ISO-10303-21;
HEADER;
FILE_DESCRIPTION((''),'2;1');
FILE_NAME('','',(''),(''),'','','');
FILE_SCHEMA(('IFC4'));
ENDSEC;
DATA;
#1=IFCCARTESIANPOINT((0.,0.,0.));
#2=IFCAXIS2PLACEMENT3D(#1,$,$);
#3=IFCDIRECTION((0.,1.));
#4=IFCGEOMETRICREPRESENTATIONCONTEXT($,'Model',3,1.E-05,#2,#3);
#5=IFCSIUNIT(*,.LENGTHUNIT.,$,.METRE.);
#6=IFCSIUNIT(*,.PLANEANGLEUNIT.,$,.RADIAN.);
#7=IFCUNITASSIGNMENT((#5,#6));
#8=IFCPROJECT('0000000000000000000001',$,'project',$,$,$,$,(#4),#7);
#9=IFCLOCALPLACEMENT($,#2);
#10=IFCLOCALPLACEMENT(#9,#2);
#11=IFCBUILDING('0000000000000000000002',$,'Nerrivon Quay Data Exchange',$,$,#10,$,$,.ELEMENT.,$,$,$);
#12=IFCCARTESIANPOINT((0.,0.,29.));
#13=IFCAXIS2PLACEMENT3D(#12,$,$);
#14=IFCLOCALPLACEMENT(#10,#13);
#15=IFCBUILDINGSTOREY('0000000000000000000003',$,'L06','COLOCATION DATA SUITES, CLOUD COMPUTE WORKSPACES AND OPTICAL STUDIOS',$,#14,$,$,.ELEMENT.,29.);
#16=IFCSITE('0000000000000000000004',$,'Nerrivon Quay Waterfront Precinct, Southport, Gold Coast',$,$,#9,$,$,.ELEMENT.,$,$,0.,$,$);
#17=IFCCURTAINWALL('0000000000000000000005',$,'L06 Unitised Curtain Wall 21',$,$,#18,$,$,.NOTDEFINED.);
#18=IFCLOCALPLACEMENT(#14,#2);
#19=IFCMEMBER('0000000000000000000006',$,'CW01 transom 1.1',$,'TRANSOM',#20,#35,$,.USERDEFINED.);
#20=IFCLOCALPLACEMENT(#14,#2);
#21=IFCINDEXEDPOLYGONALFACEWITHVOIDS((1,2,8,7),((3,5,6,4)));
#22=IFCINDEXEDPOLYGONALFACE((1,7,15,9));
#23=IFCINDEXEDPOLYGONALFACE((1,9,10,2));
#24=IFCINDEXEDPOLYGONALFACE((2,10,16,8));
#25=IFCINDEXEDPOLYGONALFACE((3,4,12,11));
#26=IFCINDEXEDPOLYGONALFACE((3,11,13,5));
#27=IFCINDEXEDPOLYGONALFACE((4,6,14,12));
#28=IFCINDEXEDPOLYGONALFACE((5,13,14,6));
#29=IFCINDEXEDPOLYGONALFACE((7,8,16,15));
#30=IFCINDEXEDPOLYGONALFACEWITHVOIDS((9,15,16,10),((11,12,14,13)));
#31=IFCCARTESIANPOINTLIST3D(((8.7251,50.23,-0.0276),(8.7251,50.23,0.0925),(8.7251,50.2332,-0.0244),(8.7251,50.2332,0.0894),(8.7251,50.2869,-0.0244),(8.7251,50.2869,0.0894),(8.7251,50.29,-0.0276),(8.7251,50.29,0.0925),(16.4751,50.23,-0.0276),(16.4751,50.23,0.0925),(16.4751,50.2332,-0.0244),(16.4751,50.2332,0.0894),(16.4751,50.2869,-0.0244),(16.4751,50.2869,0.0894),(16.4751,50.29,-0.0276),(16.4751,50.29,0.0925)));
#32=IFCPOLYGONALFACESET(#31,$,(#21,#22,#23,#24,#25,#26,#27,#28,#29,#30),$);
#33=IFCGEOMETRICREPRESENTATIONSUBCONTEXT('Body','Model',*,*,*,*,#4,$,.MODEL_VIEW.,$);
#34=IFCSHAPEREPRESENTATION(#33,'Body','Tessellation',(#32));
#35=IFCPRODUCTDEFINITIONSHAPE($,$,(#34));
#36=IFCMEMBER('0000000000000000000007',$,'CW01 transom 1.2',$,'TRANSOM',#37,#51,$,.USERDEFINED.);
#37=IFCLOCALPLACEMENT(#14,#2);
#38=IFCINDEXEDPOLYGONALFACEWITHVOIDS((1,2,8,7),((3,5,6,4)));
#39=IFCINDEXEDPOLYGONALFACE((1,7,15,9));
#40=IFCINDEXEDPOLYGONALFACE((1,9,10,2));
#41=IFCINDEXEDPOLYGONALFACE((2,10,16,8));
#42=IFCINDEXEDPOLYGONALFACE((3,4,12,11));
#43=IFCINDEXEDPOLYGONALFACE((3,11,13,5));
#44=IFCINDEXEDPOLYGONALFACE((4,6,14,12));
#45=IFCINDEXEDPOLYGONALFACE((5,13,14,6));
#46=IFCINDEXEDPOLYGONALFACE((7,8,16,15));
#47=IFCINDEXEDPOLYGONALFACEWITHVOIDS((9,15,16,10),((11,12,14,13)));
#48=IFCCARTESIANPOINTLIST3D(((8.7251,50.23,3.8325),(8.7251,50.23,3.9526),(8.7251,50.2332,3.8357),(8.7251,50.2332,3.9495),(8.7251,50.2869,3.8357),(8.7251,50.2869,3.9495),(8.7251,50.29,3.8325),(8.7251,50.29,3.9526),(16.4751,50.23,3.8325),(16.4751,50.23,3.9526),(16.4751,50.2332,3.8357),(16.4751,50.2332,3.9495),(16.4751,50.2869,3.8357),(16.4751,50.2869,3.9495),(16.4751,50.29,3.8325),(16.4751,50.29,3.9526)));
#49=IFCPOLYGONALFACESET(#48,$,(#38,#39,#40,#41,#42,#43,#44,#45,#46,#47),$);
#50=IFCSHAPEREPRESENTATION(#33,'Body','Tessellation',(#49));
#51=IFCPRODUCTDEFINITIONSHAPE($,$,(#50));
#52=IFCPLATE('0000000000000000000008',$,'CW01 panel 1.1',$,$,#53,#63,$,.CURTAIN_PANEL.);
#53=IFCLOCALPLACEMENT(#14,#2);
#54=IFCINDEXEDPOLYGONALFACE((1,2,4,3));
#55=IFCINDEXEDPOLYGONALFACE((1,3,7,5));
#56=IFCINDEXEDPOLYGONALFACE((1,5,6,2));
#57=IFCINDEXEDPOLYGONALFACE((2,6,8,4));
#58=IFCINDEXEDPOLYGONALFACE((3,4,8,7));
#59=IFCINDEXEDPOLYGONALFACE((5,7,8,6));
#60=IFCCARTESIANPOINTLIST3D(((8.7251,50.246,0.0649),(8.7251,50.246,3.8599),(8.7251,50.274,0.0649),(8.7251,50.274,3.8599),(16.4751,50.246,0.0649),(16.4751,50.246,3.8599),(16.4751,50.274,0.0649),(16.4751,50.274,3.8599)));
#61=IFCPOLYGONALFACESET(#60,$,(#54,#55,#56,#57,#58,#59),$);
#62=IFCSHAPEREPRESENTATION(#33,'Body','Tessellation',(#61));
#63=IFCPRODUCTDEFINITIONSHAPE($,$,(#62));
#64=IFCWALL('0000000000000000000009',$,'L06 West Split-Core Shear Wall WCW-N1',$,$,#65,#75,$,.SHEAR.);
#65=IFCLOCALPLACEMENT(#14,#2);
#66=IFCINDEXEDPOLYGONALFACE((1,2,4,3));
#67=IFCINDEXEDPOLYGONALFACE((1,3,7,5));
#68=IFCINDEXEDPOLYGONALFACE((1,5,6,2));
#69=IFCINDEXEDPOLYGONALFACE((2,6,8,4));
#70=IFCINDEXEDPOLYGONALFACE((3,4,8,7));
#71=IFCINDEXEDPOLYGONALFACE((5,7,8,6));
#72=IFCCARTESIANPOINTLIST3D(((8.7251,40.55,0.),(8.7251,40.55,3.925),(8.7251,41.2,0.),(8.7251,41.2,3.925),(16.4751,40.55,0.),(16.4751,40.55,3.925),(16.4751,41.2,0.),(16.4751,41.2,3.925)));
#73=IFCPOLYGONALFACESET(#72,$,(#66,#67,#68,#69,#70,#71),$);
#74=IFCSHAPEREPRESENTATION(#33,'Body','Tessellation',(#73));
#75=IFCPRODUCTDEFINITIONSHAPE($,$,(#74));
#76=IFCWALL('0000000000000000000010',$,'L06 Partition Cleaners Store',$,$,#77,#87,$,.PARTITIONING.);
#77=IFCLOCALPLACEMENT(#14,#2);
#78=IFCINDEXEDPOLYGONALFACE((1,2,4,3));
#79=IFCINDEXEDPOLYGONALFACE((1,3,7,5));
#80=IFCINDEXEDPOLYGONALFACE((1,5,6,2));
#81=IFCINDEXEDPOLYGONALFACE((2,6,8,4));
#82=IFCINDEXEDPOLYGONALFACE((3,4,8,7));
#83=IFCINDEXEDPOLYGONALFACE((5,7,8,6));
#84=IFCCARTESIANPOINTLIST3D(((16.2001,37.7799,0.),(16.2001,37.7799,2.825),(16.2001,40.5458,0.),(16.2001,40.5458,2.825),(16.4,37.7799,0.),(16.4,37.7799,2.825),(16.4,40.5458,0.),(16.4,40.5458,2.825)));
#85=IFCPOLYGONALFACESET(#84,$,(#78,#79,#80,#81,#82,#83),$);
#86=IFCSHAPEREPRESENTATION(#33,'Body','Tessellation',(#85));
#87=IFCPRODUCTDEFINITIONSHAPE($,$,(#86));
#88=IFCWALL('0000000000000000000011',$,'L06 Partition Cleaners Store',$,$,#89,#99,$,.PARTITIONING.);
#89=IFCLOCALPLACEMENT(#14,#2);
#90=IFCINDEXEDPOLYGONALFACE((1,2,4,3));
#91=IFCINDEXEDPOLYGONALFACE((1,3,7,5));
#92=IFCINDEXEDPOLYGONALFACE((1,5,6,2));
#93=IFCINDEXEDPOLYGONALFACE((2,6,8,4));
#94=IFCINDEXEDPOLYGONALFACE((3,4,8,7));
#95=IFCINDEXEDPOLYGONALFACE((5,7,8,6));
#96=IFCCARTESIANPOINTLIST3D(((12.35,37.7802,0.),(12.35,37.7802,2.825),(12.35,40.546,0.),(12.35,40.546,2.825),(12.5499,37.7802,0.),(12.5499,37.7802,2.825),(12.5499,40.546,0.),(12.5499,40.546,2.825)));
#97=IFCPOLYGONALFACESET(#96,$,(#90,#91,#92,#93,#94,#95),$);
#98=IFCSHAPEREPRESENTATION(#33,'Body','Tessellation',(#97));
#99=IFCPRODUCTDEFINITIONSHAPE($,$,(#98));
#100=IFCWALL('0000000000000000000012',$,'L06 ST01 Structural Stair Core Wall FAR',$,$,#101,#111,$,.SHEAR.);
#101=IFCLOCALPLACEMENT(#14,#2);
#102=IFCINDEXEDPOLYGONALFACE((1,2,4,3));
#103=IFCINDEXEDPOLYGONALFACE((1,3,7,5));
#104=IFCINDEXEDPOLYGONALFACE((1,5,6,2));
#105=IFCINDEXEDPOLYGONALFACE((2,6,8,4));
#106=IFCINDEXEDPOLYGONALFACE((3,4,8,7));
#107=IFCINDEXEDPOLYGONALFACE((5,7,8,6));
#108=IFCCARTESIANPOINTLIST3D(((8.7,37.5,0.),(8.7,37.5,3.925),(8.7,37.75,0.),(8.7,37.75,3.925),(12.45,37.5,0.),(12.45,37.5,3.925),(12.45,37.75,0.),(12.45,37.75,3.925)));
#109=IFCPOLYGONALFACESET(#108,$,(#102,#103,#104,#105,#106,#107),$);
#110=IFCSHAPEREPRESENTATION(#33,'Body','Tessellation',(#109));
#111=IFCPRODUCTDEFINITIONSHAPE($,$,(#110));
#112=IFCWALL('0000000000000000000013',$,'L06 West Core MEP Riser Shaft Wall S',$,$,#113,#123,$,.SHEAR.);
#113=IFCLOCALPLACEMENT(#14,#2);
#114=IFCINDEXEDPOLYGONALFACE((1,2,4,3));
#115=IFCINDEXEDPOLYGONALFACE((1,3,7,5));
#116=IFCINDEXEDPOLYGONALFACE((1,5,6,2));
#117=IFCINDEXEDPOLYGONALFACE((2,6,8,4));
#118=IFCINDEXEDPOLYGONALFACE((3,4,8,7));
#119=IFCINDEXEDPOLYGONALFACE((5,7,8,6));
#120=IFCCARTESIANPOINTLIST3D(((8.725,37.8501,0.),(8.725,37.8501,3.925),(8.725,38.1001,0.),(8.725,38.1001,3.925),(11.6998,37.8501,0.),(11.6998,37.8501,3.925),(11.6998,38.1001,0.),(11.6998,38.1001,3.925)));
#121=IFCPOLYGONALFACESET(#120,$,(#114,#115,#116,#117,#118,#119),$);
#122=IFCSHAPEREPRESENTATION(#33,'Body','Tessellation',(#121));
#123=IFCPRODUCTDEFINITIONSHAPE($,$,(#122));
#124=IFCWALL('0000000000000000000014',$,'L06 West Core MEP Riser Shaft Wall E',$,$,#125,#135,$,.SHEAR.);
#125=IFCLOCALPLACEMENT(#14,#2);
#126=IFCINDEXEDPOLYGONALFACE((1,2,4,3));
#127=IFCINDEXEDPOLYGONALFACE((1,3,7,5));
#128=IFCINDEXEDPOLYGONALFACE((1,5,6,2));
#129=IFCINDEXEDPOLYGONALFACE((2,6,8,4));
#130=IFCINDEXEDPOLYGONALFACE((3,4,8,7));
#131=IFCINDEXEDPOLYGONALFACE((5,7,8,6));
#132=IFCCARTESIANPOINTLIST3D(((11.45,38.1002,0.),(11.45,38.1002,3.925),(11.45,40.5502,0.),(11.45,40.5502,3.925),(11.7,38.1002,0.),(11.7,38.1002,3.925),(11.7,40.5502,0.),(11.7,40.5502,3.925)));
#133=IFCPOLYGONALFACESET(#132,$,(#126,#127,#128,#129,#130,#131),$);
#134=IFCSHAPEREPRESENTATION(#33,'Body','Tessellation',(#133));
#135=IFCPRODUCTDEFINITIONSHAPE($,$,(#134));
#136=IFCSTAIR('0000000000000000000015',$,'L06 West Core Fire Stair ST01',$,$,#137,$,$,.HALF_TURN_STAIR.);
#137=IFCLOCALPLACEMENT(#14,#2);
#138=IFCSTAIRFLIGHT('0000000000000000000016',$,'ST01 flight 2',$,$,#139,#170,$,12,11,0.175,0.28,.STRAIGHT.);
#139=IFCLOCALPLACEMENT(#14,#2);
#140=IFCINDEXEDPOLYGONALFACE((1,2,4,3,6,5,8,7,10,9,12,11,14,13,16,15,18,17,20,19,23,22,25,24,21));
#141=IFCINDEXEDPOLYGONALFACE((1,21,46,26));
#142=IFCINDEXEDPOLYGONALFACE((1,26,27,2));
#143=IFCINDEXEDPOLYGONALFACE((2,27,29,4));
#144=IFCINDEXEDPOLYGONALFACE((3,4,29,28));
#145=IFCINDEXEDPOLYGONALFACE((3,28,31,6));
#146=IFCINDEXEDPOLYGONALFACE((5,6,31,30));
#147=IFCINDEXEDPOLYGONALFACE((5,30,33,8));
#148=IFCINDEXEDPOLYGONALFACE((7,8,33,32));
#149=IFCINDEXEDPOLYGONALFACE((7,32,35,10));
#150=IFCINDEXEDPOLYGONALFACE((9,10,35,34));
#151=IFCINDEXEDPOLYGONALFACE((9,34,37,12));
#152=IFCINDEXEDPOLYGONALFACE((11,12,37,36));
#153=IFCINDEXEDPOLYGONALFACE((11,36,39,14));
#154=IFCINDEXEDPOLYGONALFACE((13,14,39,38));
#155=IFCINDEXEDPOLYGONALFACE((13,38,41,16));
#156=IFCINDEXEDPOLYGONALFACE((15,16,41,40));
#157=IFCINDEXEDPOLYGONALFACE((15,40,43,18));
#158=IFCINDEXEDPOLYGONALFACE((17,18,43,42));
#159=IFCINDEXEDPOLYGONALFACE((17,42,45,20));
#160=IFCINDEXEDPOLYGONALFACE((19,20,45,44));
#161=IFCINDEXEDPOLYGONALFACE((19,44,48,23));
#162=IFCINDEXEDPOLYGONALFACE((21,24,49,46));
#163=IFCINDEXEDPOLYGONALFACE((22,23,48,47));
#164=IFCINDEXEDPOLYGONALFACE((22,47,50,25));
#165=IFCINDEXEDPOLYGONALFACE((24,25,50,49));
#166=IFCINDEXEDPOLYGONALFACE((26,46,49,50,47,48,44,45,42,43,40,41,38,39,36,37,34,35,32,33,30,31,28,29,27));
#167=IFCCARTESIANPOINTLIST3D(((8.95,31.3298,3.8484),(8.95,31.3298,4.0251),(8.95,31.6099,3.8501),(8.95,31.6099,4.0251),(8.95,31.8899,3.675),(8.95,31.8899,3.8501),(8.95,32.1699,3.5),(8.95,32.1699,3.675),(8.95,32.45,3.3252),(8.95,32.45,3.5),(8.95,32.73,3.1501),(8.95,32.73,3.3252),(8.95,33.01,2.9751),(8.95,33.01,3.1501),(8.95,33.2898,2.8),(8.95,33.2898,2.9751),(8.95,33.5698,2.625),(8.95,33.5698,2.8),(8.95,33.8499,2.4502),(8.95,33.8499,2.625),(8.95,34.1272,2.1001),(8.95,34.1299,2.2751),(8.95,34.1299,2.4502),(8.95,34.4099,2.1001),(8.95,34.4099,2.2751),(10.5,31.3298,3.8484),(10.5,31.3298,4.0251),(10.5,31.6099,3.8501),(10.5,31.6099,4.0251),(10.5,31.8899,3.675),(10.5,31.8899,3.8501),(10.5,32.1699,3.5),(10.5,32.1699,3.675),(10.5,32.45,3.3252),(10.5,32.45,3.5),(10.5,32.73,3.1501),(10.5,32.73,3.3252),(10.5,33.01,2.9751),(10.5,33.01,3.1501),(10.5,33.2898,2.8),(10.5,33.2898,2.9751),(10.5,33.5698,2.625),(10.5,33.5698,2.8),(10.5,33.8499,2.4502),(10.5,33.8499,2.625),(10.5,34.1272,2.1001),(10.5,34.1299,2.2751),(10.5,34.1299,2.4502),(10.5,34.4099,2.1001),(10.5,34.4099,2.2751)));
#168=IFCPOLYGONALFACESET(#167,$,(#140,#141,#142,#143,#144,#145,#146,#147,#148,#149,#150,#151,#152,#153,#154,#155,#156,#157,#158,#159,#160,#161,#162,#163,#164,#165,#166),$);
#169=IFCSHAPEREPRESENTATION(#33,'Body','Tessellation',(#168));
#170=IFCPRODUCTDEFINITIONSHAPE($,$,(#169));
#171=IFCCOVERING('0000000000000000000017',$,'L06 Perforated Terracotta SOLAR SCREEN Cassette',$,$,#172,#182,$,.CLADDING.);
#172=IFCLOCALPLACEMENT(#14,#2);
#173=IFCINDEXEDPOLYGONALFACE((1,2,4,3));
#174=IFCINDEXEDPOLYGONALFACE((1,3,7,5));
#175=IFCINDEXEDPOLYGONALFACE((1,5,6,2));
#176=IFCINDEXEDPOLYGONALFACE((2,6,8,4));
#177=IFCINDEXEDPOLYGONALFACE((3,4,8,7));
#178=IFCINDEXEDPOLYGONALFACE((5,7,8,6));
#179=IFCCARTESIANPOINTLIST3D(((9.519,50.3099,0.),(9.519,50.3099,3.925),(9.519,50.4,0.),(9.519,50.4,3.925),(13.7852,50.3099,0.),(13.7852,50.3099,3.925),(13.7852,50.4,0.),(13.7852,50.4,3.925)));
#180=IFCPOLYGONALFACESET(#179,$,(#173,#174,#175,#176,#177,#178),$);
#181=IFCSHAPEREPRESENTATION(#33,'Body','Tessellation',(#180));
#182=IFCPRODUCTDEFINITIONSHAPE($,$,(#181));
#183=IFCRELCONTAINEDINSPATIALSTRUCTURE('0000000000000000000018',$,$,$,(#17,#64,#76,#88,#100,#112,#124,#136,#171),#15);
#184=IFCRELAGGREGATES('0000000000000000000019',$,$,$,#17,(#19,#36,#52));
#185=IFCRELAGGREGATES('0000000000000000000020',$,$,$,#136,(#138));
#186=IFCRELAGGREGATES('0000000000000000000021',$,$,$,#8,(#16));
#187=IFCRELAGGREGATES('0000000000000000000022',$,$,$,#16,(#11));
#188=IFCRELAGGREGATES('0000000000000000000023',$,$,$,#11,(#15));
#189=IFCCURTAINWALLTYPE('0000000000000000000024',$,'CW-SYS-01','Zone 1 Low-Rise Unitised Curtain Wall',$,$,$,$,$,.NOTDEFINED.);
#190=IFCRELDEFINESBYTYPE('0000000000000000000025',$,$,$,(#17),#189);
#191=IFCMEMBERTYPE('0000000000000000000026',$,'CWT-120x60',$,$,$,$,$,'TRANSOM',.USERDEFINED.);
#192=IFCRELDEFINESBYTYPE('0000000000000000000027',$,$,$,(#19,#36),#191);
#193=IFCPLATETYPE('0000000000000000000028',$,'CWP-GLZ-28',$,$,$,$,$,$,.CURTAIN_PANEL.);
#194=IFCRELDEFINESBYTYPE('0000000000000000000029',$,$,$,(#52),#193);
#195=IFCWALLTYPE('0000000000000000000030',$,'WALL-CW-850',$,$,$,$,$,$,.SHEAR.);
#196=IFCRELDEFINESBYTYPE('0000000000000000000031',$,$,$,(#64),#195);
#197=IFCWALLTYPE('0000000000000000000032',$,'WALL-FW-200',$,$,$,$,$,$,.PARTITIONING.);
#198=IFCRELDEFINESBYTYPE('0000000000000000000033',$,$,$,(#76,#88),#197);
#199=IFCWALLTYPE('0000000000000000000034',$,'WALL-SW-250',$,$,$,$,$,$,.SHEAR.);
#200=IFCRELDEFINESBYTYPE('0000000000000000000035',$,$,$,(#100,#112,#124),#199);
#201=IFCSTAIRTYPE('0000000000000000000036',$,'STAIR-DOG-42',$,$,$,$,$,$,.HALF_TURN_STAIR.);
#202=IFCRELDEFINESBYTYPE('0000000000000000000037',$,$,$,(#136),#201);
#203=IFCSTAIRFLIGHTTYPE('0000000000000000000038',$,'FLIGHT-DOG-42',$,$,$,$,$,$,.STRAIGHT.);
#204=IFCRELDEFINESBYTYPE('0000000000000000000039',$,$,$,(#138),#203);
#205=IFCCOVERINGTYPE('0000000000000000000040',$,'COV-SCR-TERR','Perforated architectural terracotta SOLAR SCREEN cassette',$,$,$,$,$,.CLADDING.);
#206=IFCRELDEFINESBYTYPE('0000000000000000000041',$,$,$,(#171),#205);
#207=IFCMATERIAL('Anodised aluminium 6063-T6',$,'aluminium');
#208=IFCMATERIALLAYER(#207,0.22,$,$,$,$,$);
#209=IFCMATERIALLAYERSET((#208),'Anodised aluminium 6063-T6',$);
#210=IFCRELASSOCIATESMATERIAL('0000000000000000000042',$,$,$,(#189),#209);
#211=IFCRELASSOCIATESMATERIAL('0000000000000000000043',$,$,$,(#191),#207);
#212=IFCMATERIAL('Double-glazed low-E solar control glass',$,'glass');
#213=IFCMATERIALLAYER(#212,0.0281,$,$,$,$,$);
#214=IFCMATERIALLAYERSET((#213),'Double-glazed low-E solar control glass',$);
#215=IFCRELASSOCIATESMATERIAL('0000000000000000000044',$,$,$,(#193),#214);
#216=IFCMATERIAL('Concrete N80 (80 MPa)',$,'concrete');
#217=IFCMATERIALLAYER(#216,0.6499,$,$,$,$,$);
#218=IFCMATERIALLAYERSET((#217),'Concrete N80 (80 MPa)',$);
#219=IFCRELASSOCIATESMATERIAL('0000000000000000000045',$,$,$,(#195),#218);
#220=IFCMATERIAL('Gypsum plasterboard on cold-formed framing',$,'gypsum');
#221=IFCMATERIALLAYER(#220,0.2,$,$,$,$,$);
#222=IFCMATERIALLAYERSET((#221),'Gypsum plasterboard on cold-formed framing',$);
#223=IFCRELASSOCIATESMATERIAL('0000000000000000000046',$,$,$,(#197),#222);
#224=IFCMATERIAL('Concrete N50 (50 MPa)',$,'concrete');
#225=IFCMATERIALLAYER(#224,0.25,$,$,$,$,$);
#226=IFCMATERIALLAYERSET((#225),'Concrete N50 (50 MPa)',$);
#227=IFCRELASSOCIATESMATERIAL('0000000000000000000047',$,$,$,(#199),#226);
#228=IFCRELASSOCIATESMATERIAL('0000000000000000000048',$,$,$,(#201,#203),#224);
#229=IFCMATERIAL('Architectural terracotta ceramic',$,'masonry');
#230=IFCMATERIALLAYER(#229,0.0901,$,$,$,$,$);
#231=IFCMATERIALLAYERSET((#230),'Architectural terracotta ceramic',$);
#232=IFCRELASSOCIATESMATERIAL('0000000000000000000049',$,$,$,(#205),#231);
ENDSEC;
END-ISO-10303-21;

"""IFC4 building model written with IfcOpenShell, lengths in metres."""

from ifc_helpers import new_model, si_unit, direction, frame, frame_2d, origin, origin_2d, place, context, subcontext, project, spatial, polyline, rectangle, hollow_rectangle, outline, extrude, material, layer, layer_set, material_profile, profile_set, type_object, element, aggregate, save


model = new_model("IFC4")

# Units and contexts
model_context = context("Model", 3, precision=1e-05, world=origin(), true_north=direction((0.0, 1.0)))
body_context = subcontext(model_context, "Body", "Model", "MODEL_VIEW")
ifc_project = project(units=[si_unit("LENGTHUNIT", "METRE"), si_unit("PLANEANGLEUNIT", "RADIAN")], contexts=[model_context])

# Site, building, storey
site_placement = place(None, origin())
site = spatial("IfcSite", under=ifc_project, at=site_placement, Name="Nerrivon Quay Waterfront Precinct, Southport, Gold Coast", CompositionType="ELEMENT", RefElevation=0.0)
building_placement = place(site_placement, origin())
building = spatial("IfcBuilding", under=site, at=building_placement, Name="Nerrivon Quay Data Exchange", CompositionType="ELEMENT")
storey_placement = place(building_placement, frame((0.0, 0.0, 29.0)))
storey = spatial("IfcBuildingStorey", under=building, at=storey_placement, Name="L06", Description="COLOCATION DATA SUITES, CLOUD COMPUTE WORKSPACES AND OPTICAL STUDIOS", CompositionType="ELEMENT", Elevation=29.0)

# Shared definitions
ifc_material_1 = material(Name="Concrete N80 (80 MPa)", Category="concrete")

# Curtain wall, members, plate
ifc_material_2 = material(Name="Anodised aluminium 6063-T6", Category="aluminium")
ifc_layer_1 = layer(ifc_material_2, 0.22)
ifc_layer_set_1 = layer_set([ifc_layer_1], Name="Anodised aluminium 6063-T6")
curtain_wall_type = type_object("IfcCurtainWallType", Name="CW-SYS-01", Description="Zone 1 Low-Rise Unitised Curtain Wall", PredefinedType="NOTDEFINED", material=ifc_layer_set_1)
curtain_wall_placement = place(storey_placement, origin())
curtain_wall = element("IfcCurtainWall", 1, at=curtain_wall_placement, inside=storey, type_object=curtain_wall_type, Name="L06 Unitised Curtain Wall 21", PredefinedType="NOTDEFINED")
ifc_material_profile_1 = material_profile(ifc_material_2, hollow_rectangle(XDim=0.0601, YDim=0.1201, WallThickness=0.0032, at=origin_2d()), Name="ALU-TRAN-120x60")
ifc_profile_set_1 = profile_set([ifc_material_profile_1], Name="Anodised aluminium 6063-T6")
member_type_1 = type_object("IfcMemberType", Name="CWT-120x60", ElementType="TRANSOM", PredefinedType="USERDEFINED", material=ifc_profile_set_1)
member_1_placement = place(storey_placement, frame((8.7251, 50.26, 0.0325), z_axis=(1.0, 0.0, 0.0), x_axis=(0.0, 1.0, 0.0)))
member_1 = element("IfcMember", 2, at=member_1_placement, type_object=member_type_1, Name="CW01 transom 1.1", ObjectType="TRANSOM", PredefinedType="USERDEFINED", context=body_context, shape_type="SweptSolid", body=[
    extrude(hollow_rectangle(XDim=0.0601, YDim=0.1201, WallThickness=0.0032, at=origin_2d()), origin(), (0.0, 0.0, 1.0), 7.75),
])
member_2_placement = place(storey_placement, frame((8.7251, 50.26, 3.8926), z_axis=(1.0, 0.0, 0.0), x_axis=(0.0, 1.0, 0.0)))
member_2 = element("IfcMember", 3, at=member_2_placement, type_object=member_type_1, Name="CW01 transom 1.2", ObjectType="TRANSOM", PredefinedType="USERDEFINED", context=body_context, shape_type="SweptSolid", body=[
    extrude(hollow_rectangle(XDim=0.0601, YDim=0.1201, WallThickness=0.0032, at=origin_2d()), origin(), (0.0, 0.0, 1.0), 7.75),
])
ifc_material_3 = material(Name="Double-glazed low-E solar control glass", Category="glass")
ifc_layer_2 = layer(ifc_material_3, 0.0281)
ifc_layer_set_2 = layer_set([ifc_layer_2], Name="Double-glazed low-E solar control glass")
plate_type = type_object("IfcPlateType", Name="CWP-GLZ-28", PredefinedType="CURTAIN_PANEL", material=ifc_layer_set_2)
plate_placement = place(storey_placement, frame((12.6001, 50.26, 0.0649), z_axis=(0.0, 0.0, 1.0), x_axis=(1.0, 0.0, 0.0)))
plate = element("IfcPlate", 4, at=plate_placement, type_object=plate_type, Name="CW01 panel 1.1", PredefinedType="CURTAIN_PANEL", context=body_context, shape_type="SweptSolid", body=[
    extrude(rectangle(XDim=7.75, YDim=0.0281, at=origin_2d()), origin(), (0.0, 0.0, 1.0), 3.7949),
])
aggregate(curtain_wall, [member_1, member_2, plate])

# Wall
ifc_layer_3 = layer(ifc_material_1, 0.6499)
ifc_layer_set_3 = layer_set([ifc_layer_3], Name="Concrete N80 (80 MPa)")
wall_type_1 = type_object("IfcWallType", Name="WALL-CW-850", PredefinedType="SHEAR", material=ifc_layer_set_3)
wall_1_placement = place(storey_placement, frame((8.7251, 40.875, 0.0), z_axis=(0.0, 0.0, 1.0), x_axis=(1.0, 0.0, 0.0)))
element("IfcWall", 5, at=wall_1_placement, inside=storey, type_object=wall_type_1, Name="L06 West Split-Core Shear Wall WCW-N1", PredefinedType="SHEAR", context=body_context, shape_type="SweptSolid", body=[
    extrude(rectangle(XDim=7.75, YDim=0.6499, at=frame_2d((3.875, 0.0))), origin(), (0.0, 0.0, 1.0), 3.925),
])

# Walls
ifc_material_4 = material(Name="Gypsum plasterboard on cold-formed framing", Category="gypsum")
ifc_layer_4 = layer(ifc_material_4, 0.2)
ifc_layer_set_4 = layer_set([ifc_layer_4], Name="Gypsum plasterboard on cold-formed framing")
wall_type_2 = type_object("IfcWallType", Name="WALL-FW-200", PredefinedType="PARTITIONING", material=ifc_layer_set_4)
for number, where, z_axis, x_axis, name in (
    (6, (16.3, 37.78, 0.0), (0.0, 0.0, 1.0), (0.0, 1.0, 0.0), "L06 Partition Cleaners Store"),
    (7, (12.45, 40.5459, 0.0), (0.0, 0.0, 1.0), (0.0, -1.0, 0.0), "L06 Partition Cleaners Store"),
):
    element("IfcWall", number, at=place(storey_placement, frame(where, z_axis=z_axis, x_axis=x_axis)), inside=storey, type_object=wall_type_2, Name=name, PredefinedType="PARTITIONING", context=body_context, shape_type="SweptSolid", body=[
        extrude(rectangle(XDim=2.7659, YDim=0.2, at=frame_2d((1.3828, 0.0))), origin(), (0.0, 0.0, 1.0), 2.825),
    ])
ifc_material_5 = material(Name="Concrete N50 (50 MPa)", Category="concrete")
ifc_layer_5 = layer(ifc_material_5, 0.25)
ifc_layer_set_5 = layer_set([ifc_layer_5], Name="Concrete N50 (50 MPa)")
wall_type_3 = type_object("IfcWallType", Name="WALL-SW-250", PredefinedType="SHEAR", material=ifc_layer_set_5)
wall_2_placement = place(storey_placement, frame((12.45, 37.625, 0.0), z_axis=(0.0, 0.0, 1.0), x_axis=(-1.0, 0.0, 0.0)))
element("IfcWall", 8, at=wall_2_placement, inside=storey, type_object=wall_type_3, Name="L06 ST01 Structural Stair Core Wall FAR", PredefinedType="SHEAR", context=body_context, shape_type="SweptSolid", body=[
    extrude(rectangle(XDim=3.75, YDim=0.25, at=frame_2d((1.875, 0.0))), origin(), (0.0, 0.0, 1.0), 3.925),
])
wall_3_placement = place(storey_placement, frame((8.7251, 37.9751, 0.0), z_axis=(0.0, 0.0, 1.0), x_axis=(1.0, 0.0, 0.0)))
element("IfcWall", 9, at=wall_3_placement, inside=storey, type_object=wall_type_3, Name="L06 West Core MEP Riser Shaft Wall S", PredefinedType="SHEAR", context=body_context, shape_type="SweptSolid", body=[
    extrude(rectangle(XDim=2.9749, YDim=0.25, at=frame_2d((1.4873, 0.0))), origin(), (0.0, 0.0, 1.0), 3.925),
])
wall_4_placement = place(storey_placement, frame((11.575, 38.1001, 0.0), z_axis=(0.0, 0.0, 1.0), x_axis=(0.0, 1.0, 0.0)))
element("IfcWall", 10, at=wall_4_placement, inside=storey, type_object=wall_type_3, Name="L06 West Core MEP Riser Shaft Wall E", PredefinedType="SHEAR", context=body_context, shape_type="SweptSolid", body=[
    extrude(rectangle(XDim=2.45, YDim=0.25, at=frame_2d((1.2251, 0.0))), origin(), (0.0, 0.0, 1.0), 3.925),
])

# Stair, stair flight
stair_type = type_object("IfcStairType", Name="STAIR-DOG-42", PredefinedType="HALF_TURN_STAIR", material=ifc_material_5)
stair_placement = place(storey_placement, origin())
stair = element("IfcStair", 11, at=stair_placement, inside=storey, type_object=stair_type, Name="L06 West Core Fire Stair ST01", PredefinedType="HALF_TURN_STAIR")
stair_flight_type = type_object("IfcStairFlightType", Name="FLIGHT-DOG-42", PredefinedType="STRAIGHT", material=ifc_material_5)
stair_flight_placement = place(storey_placement, frame((9.7251, 34.4099, 2.1001), z_axis=(0.0, 0.0, 1.0), x_axis=(0.0, -1.0, 0.0)))
stair_flight = element("IfcStairFlight", 12, at=stair_flight_placement, type_object=stair_flight_type, Name="ST01 flight 2", NumberOfRisers=12, NumberOfTreads=11, PredefinedType="STRAIGHT", RiserHeight=0.175, TreadLength=0.28, context=body_context, shape_type="SweptSolid", body=[
    extrude(outline(polyline([(0.0, 0.0), (0.0, 0.175), (0.28, 0.175), (0.28, 0.3501), (0.5601, 0.3501), (0.5601, 0.5249), (0.8401, 0.5249), (0.8401, 0.7), (1.1201, 0.7), (1.1201, 0.875), (1.3999, 0.875), (1.3999, 1.05), (1.6799, 1.05), (1.6799, 1.2251), (1.96, 1.2251), (1.96, 1.3999), (2.24, 1.3999), (2.24, 1.575), (2.52, 1.575), (2.52, 1.75), (2.8, 1.75), (2.8, 1.925), (3.0801, 1.925), (3.0801, 2.1001), (3.0801, 1.7483), (0.2827, 0.0), (0.0, 0.0)])), frame((0.0, 0.7749, 0.0), z_axis=(0.0, -1.0, 0.0), x_axis=(1.0, 0.0, 0.0)), (0.0, 0.0, 1.0), 1.55),
])
aggregate(stair, [stair_flight])

# Covering
ifc_material_6 = material(Name="Architectural terracotta ceramic", Category="masonry")
ifc_layer_6 = layer(ifc_material_6, 0.0901)
ifc_layer_set_6 = layer_set([ifc_layer_6], Name="Architectural terracotta ceramic")
covering_type = type_object("IfcCoveringType", Name="COV-SCR-TERR", Description="Perforated architectural terracotta SOLAR SCREEN cassette", PredefinedType="CLADDING", material=ifc_layer_set_6)
covering_placement = place(storey_placement, frame((11.6521, 50.355, 0.0), z_axis=(0.0, 0.0, 1.0), x_axis=(1.0, 0.0, 0.0)))
element("IfcCovering", 13, at=covering_placement, inside=storey, type_object=covering_type, Name="L06 Perforated Terracotta SOLAR SCREEN Cassette", PredefinedType="CLADDING", context=body_context, shape_type="SweptSolid", body=[
    extrude(rectangle(XDim=4.2661, YDim=0.0901, at=origin_2d()), origin(), (0.0, 0.0, 1.0), 3.925),
])

save(model, "model.ifc")
